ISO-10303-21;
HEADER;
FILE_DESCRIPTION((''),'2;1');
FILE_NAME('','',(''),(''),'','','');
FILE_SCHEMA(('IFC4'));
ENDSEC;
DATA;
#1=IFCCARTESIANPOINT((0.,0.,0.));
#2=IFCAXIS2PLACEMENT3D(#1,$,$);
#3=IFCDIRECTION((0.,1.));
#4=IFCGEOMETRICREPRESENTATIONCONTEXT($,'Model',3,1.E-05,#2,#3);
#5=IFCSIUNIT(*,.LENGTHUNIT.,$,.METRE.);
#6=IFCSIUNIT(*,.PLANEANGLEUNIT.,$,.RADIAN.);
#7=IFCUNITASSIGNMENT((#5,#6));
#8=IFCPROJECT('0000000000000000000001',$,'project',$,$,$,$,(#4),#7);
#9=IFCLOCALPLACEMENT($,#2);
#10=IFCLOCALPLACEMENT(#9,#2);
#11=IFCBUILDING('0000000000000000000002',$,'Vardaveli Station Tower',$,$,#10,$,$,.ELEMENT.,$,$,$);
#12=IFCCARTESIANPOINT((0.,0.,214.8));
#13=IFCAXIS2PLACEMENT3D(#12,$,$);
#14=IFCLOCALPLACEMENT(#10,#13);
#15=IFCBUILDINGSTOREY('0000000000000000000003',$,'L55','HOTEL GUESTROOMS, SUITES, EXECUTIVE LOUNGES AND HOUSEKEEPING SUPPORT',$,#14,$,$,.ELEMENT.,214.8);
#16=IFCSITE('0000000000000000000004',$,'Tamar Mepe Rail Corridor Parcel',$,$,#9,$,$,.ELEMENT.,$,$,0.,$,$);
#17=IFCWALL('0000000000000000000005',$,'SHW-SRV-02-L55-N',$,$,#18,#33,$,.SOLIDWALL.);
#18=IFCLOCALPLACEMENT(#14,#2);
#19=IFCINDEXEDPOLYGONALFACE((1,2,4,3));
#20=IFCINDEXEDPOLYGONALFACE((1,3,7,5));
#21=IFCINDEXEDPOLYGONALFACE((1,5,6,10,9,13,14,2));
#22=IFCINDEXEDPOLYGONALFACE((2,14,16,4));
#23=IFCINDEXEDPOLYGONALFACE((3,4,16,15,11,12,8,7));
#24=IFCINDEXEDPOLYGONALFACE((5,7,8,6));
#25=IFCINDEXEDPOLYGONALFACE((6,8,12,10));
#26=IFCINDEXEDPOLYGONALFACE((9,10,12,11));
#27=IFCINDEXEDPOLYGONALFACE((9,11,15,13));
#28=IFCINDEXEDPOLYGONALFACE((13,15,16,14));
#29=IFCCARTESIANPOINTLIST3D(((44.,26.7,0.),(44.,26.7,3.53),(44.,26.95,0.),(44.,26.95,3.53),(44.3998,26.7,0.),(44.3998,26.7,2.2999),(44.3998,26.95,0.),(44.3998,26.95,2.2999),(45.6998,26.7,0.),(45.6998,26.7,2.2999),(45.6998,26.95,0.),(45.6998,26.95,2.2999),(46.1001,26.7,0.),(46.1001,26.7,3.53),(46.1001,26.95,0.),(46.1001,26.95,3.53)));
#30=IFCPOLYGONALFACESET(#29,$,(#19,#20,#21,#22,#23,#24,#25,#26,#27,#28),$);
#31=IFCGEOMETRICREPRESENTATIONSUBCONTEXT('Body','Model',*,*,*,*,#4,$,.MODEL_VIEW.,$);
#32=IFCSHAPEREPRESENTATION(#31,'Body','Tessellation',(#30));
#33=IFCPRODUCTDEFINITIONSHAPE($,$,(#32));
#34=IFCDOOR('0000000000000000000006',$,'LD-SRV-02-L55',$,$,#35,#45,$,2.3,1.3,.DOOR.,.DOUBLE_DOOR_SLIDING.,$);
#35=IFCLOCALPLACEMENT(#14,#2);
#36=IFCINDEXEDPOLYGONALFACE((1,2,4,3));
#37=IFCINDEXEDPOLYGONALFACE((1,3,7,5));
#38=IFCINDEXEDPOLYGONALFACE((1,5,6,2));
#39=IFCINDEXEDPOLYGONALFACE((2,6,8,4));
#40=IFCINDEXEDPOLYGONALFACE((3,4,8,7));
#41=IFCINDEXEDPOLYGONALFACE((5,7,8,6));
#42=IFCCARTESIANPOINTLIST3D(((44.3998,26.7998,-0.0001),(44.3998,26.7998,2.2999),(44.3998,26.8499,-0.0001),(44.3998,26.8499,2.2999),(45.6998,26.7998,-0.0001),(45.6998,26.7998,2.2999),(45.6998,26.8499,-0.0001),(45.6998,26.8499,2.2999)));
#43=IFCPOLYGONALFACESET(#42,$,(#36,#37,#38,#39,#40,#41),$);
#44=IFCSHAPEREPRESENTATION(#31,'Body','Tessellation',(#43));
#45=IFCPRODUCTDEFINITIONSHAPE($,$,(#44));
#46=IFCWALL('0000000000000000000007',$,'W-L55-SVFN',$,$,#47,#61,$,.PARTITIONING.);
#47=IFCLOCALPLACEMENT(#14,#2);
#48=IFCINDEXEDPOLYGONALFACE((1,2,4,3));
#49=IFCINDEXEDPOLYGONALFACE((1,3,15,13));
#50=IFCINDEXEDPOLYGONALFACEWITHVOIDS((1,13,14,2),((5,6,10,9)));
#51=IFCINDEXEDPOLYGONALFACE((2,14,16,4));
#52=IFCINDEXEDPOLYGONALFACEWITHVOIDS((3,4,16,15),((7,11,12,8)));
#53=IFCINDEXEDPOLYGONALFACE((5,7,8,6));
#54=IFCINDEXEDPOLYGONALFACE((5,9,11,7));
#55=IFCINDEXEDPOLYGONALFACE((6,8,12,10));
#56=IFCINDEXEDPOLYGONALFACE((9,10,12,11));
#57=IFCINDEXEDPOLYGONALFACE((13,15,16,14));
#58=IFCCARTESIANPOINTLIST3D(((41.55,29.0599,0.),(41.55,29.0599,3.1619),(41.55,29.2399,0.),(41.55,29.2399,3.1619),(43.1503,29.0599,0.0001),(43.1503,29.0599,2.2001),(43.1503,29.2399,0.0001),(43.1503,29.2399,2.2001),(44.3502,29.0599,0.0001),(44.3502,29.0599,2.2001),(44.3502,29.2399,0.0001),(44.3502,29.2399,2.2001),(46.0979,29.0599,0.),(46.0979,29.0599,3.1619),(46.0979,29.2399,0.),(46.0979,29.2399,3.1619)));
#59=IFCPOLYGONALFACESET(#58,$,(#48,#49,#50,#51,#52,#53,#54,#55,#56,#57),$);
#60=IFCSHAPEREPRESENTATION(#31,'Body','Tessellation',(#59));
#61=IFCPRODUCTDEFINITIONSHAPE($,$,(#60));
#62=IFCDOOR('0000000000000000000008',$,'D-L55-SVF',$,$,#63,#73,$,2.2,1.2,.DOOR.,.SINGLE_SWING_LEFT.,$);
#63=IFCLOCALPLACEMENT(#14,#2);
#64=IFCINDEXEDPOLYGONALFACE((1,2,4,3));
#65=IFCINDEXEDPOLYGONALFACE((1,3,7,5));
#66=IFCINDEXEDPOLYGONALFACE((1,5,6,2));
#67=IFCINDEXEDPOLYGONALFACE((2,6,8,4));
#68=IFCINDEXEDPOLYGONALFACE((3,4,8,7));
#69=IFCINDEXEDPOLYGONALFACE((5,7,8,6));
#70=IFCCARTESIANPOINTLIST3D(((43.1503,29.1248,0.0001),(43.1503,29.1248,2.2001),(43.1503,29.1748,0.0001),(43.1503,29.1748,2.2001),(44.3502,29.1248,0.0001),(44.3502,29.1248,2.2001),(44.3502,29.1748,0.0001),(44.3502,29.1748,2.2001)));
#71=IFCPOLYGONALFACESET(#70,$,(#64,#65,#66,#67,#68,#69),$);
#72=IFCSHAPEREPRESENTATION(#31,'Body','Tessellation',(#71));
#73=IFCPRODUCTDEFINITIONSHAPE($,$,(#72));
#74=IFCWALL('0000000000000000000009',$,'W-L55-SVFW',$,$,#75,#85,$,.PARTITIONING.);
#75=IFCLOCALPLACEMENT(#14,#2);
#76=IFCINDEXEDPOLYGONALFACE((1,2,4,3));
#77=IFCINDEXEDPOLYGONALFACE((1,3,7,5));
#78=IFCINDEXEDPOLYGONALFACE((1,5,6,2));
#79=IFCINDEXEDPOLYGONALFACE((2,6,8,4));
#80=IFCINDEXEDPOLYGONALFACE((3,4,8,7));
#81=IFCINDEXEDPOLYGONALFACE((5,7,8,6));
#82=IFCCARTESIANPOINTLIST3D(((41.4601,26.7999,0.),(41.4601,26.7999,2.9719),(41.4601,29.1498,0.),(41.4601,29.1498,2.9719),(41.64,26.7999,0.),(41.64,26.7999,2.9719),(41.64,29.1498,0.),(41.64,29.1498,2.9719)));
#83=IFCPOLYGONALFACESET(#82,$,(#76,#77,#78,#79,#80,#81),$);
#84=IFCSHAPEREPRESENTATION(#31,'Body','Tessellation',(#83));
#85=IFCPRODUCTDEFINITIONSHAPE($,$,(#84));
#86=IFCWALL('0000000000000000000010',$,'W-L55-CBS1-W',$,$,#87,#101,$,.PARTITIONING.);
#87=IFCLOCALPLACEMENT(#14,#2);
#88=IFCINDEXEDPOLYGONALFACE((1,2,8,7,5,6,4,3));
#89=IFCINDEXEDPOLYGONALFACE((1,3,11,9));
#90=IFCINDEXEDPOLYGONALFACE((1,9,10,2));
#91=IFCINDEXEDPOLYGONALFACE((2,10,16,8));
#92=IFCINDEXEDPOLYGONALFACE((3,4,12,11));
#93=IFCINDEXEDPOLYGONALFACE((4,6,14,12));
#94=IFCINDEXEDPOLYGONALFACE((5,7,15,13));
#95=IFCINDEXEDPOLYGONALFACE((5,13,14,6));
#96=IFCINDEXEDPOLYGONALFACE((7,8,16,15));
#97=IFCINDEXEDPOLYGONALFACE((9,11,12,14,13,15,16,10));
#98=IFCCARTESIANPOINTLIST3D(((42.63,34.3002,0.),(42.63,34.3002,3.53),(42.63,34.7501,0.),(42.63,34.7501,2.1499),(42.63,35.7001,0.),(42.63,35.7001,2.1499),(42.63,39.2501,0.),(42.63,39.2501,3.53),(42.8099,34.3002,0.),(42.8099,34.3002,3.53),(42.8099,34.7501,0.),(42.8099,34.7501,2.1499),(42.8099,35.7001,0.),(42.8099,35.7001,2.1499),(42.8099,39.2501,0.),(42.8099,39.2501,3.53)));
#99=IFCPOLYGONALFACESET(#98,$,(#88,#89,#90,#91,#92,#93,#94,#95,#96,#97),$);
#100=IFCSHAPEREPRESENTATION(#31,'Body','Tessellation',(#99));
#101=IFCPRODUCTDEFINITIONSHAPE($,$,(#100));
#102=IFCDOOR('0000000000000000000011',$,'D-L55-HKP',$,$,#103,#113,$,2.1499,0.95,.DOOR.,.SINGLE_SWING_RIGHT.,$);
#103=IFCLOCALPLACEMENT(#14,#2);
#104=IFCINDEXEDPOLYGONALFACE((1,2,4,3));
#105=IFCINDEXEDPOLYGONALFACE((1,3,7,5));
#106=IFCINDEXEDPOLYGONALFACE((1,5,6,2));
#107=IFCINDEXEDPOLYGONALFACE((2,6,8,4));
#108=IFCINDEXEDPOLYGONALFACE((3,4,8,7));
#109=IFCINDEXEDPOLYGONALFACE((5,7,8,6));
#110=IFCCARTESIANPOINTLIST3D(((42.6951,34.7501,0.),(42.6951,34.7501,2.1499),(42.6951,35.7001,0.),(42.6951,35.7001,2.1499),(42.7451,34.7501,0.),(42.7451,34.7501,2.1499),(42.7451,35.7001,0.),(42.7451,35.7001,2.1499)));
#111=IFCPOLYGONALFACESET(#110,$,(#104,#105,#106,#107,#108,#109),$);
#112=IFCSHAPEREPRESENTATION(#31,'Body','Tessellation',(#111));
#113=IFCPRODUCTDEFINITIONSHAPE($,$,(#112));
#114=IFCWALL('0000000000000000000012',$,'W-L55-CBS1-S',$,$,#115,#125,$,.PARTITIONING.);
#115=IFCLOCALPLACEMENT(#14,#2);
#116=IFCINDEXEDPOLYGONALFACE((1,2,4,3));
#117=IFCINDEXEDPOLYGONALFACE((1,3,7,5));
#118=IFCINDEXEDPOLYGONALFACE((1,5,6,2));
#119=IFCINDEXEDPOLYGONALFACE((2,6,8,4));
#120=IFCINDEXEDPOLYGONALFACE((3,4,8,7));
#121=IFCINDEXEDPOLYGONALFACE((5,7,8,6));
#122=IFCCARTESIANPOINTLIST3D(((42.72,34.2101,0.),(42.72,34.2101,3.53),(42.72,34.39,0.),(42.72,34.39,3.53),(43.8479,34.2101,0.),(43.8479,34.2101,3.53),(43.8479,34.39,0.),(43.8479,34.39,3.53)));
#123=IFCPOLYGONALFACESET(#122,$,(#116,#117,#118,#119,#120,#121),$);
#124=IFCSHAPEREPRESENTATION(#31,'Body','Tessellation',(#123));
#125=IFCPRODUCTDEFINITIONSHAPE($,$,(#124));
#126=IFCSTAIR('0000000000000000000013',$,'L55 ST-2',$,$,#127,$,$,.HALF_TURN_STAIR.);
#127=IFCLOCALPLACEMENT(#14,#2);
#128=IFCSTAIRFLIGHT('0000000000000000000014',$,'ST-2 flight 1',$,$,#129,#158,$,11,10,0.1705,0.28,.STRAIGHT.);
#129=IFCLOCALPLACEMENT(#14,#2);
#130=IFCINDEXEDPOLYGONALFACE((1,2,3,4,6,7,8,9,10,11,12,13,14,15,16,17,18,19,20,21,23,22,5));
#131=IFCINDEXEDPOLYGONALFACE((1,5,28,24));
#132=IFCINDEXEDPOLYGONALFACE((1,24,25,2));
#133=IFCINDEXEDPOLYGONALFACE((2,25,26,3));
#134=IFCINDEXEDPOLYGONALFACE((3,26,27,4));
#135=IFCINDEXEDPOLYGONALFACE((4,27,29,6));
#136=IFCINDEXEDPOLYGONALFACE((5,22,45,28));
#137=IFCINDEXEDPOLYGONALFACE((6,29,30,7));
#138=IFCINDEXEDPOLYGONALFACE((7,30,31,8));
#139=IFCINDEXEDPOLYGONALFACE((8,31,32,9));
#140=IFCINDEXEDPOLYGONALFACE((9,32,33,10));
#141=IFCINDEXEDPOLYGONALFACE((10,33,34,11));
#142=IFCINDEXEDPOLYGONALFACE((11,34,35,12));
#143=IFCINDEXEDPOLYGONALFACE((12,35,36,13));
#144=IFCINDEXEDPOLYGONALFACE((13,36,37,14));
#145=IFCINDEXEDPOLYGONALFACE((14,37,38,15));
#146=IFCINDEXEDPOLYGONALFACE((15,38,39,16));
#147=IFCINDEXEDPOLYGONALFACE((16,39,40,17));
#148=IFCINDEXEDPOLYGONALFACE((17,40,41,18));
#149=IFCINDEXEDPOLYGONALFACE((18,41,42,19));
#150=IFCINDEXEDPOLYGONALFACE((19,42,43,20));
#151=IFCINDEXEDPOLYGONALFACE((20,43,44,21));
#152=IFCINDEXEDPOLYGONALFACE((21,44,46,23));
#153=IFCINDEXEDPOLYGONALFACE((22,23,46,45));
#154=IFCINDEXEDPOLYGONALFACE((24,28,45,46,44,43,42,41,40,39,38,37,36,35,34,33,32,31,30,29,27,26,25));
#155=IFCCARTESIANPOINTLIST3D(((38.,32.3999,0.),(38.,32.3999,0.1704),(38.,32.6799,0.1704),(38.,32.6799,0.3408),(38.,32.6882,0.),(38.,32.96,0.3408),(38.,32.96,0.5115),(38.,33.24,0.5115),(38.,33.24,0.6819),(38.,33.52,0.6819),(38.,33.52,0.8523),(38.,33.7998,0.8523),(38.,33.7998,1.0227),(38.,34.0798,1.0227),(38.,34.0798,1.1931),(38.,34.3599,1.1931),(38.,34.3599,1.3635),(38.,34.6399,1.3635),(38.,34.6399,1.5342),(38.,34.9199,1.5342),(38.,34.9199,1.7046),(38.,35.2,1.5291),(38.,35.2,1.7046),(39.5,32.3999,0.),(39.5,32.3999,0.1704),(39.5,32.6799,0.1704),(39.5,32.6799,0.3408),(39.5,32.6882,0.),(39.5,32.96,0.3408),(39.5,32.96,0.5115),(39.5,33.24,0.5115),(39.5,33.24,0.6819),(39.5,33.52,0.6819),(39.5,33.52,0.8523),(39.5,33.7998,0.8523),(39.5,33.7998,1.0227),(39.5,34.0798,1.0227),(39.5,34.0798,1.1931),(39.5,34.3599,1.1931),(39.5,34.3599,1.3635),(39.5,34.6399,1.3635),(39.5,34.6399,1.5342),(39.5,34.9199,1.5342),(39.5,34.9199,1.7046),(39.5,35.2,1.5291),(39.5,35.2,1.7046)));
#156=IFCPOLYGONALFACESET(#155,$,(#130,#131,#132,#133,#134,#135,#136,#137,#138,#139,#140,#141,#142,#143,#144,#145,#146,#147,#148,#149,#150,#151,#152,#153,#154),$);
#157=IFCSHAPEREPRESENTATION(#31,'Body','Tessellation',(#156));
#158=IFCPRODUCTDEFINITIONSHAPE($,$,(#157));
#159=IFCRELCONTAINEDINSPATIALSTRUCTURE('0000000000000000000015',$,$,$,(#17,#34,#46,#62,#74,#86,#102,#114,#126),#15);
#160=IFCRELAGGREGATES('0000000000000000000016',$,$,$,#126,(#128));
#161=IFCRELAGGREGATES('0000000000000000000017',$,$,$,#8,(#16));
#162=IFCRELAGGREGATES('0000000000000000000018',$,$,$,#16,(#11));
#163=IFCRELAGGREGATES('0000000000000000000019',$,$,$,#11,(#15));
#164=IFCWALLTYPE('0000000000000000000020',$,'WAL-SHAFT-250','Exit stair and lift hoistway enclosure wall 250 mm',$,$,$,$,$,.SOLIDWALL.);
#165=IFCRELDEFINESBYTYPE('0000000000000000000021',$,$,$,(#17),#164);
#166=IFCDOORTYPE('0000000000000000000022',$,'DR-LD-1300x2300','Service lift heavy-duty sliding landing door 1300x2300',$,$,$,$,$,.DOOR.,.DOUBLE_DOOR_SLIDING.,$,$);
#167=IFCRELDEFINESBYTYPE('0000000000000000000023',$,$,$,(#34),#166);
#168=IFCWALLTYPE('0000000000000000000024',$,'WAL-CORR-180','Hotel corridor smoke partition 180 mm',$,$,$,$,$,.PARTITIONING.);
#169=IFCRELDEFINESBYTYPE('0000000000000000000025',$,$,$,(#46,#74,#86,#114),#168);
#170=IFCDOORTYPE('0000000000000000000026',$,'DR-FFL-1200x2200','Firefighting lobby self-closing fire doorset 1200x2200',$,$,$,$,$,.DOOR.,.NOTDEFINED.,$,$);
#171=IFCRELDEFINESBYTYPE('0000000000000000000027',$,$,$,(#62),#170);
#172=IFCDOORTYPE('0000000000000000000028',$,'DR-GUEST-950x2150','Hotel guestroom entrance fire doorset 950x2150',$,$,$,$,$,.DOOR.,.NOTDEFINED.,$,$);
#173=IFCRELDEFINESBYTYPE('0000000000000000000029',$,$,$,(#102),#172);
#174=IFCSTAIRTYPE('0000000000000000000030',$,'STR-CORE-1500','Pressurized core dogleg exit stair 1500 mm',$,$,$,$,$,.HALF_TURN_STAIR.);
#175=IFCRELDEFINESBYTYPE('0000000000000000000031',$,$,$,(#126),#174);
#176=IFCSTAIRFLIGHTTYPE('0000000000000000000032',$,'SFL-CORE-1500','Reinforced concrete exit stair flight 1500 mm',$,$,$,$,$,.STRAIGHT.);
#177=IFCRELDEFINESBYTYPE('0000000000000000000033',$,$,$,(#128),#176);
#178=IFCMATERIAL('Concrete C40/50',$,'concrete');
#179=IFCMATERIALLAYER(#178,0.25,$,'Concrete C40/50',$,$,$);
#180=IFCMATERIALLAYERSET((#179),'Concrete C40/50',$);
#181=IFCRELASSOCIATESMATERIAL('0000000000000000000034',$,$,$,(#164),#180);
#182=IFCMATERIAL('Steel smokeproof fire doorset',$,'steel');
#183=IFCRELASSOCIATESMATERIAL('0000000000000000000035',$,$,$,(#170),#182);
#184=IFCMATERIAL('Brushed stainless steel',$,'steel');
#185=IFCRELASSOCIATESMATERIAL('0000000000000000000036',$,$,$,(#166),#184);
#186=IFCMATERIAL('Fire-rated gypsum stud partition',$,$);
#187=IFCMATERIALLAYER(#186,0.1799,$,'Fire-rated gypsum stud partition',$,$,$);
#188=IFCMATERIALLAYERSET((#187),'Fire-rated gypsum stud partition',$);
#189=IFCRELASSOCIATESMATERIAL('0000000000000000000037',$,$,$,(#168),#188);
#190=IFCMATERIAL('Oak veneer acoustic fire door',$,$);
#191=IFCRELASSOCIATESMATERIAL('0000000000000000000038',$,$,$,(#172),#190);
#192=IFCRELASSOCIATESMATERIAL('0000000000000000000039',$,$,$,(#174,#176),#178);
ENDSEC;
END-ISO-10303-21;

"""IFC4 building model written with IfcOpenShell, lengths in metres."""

from ifc_helpers import new_model, si_unit, direction, frame, frame_2d, origin, place, context, subcontext, project, spatial, polyline, rectangle, outline, extrude, source, transform, mapped, material, layer, layer_set, type_object, element, fill, aggregate, save


model = new_model("IFC4")

# Units and contexts
model_context = context("Model", 3, precision=1e-05, world=origin(), true_north=direction((0.0, 1.0)))
body_context = subcontext(model_context, "Body", "Model", "MODEL_VIEW")
ifc_project = project(units=[si_unit("LENGTHUNIT", "METRE"), si_unit("PLANEANGLEUNIT", "RADIAN")], contexts=[model_context])

# Site, building, storey
site_placement = place(None, origin())
site = spatial("IfcSite", under=ifc_project, at=site_placement, Name="Tamar Mepe Rail Corridor Parcel", CompositionType="ELEMENT", RefElevation=0.0)
building_placement = place(site_placement, origin())
building = spatial("IfcBuilding", under=site, at=building_placement, Name="Vardaveli Station Tower", CompositionType="ELEMENT")
storey_placement = place(building_placement, frame((0.0, 0.0, 214.8)))
storey = spatial("IfcBuildingStorey", under=building, at=storey_placement, Name="L55", Description="HOTEL GUESTROOMS, SUITES, EXECUTIVE LOUNGES AND HOUSEKEEPING SUPPORT", CompositionType="ELEMENT", Elevation=214.8)

# Shared definitions
ifc_material_1 = material(Name="Concrete C40/50", Category="concrete")
ifc_layer_1 = layer(ifc_material_1, 0.25, Name="Concrete C40/50")
ifc_layer_set_1 = layer_set([ifc_layer_1], Name="Concrete C40/50")
wall_type_1 = type_object("IfcWallType", Name="WAL-SHAFT-250", Description="Exit stair and lift hoistway enclosure wall 250 mm", PredefinedType="SOLIDWALL", material=ifc_layer_set_1)

# Walls, openings, doors
ifc_material_2 = material(Name="Steel smokeproof fire doorset", Category="steel")
door_type_1 = type_object("IfcDoorType", Name="DR-FFL-1200x2200", Description="Firefighting lobby self-closing fire doorset 1200x2200", OperationType="NOTDEFINED", PredefinedType="DOOR", material=ifc_material_2)
shared_shape_1 = source(origin(), body_context, "Body", "SweptSolid", [
    extrude(rectangle(XDim=1.2, YDim=2.2, at=frame_2d((0.6001, 1.1001))), frame((0.0, 0.0249, 0.0), z_axis=(0.0, -1.0, 0.0), x_axis=(1.0, 0.0, 0.0)), (0.0, 0.0, 1.0), 0.05),
])
shared_shape_2 = source(origin(), body_context, "Body", "SweptSolid", [
    extrude(rectangle(XDim=1.3, YDim=2.3, at=frame_2d((0.6499, 1.1499))), frame((0.0, 0.135, 0.0), z_axis=(0.0, -1.0, 0.0), x_axis=(1.0, 0.0, 0.0)), (0.0, 0.0, 1.0), 0.27),
])
ifc_material_3 = material(Name="Brushed stainless steel", Category="steel")
door_type_2 = type_object("IfcDoorType", Name="DR-LD-1300x2300", Description="Service lift heavy-duty sliding landing door 1300x2300", OperationType="DOUBLE_DOOR_SLIDING", PredefinedType="DOOR", material=ifc_material_3)
shared_shape_3 = source(origin(), body_context, "Body", "SweptSolid", [
    extrude(rectangle(XDim=1.3, YDim=2.3, at=frame_2d((0.6499, 1.1499))), frame((0.0, 0.0249, 0.0), z_axis=(0.0, -1.0, 0.0), x_axis=(1.0, 0.0, 0.0)), (0.0, 0.0, 1.0), 0.05),
])
shared_shape_4 = source(origin(), body_context, "Body", "SweptSolid", [
    extrude(rectangle(XDim=2.1001, YDim=0.25, at=frame_2d((1.05, 0.0))), origin(), (0.0, 0.0, 1.0), 3.53),
])
wall_1_placement = place(storey_placement, frame((44.0, 26.825, 0.0), z_axis=(0.0, 0.0, 1.0), x_axis=(1.0, 0.0, 0.0)))
wall_1 = element("IfcWall", 1, at=wall_1_placement, inside=storey, type_object=wall_type_1, Name="SHW-SRV-02-L55-N", PredefinedType="SOLIDWALL", context=body_context, shape_type="MappedRepresentation", body=[
    mapped(shared_shape_4, transform((0.0, 0.0, 0.0), scale=1.0)),
])
opening_1_placement = place(wall_1_placement, frame((0.3999, 0.0, 0.0)))
opening_1 = element("IfcOpeningElement", 2, at=opening_1_placement, cuts=wall_1, PredefinedType="OPENING", context=body_context, shape_type="MappedRepresentation", body=[
    mapped(shared_shape_2, transform((0.0, 0.0, 0.0), scale=1.0)),
])
door_1_placement = place(opening_1_placement, origin())
door_1 = element("IfcDoor", 3, at=door_1_placement, inside=storey, type_object=door_type_2, Name="LD-SRV-02-L55", OperationType="DOUBLE_DOOR_SLIDING", OverallHeight=2.3, OverallWidth=1.3, PredefinedType="DOOR", context=body_context, shape_type="MappedRepresentation", body=[
    mapped(shared_shape_3, transform((0.0, 0.0, 0.0), scale=1.0)),
])
fill(opening_1, door_1)
ifc_material_4 = material(Name="Fire-rated gypsum stud partition")
ifc_layer_2 = layer(ifc_material_4, 0.1799, Name="Fire-rated gypsum stud partition")
ifc_layer_set_2 = layer_set([ifc_layer_2], Name="Fire-rated gypsum stud partition")
wall_type_2 = type_object("IfcWallType", Name="WAL-CORR-180", Description="Hotel corridor smoke partition 180 mm", PredefinedType="PARTITIONING", material=ifc_layer_set_2)
shared_shape_5 = source(origin(), body_context, "Body", "SweptSolid", [
    extrude(rectangle(XDim=4.5479, YDim=0.1799, at=frame_2d((2.2739, 0.0))), origin(), (0.0, 0.0, 1.0), 3.1619),
])
wall_2_placement = place(storey_placement, frame((41.55, 29.1499, 0.0), z_axis=(0.0, 0.0, 1.0), x_axis=(1.0, 0.0, 0.0)))
wall_2 = element("IfcWall", 4, at=wall_2_placement, inside=storey, type_object=wall_type_2, Name="W-L55-SVFN", PredefinedType="PARTITIONING", context=body_context, shape_type="MappedRepresentation", body=[
    mapped(shared_shape_5, transform((0.0, 0.0, 0.0), scale=1.0)),
])
shared_shape_6 = source(origin(), body_context, "Body", "SweptSolid", [
    extrude(rectangle(XDim=1.2, YDim=2.2, at=frame_2d((0.6001, 1.1001))), frame((0.0, 0.1001, 0.0), z_axis=(0.0, -1.0, 0.0), x_axis=(1.0, 0.0, 0.0)), (0.0, 0.0, 1.0), 0.2),
])
opening_2_placement = place(wall_2_placement, frame((1.6001, 0.0, 0.0)))
opening_2 = element("IfcOpeningElement", 5, at=opening_2_placement, cuts=wall_2, PredefinedType="OPENING", context=body_context, shape_type="MappedRepresentation", body=[
    mapped(shared_shape_6, transform((0.0, 0.0, 0.0), scale=1.0)),
])
door_2_placement = place(opening_2_placement, origin())
door_2 = element("IfcDoor", 6, at=door_2_placement, inside=storey, type_object=door_type_1, Name="D-L55-SVF", OperationType="SINGLE_SWING_LEFT", OverallHeight=2.2, OverallWidth=1.2, PredefinedType="DOOR", context=body_context, shape_type="MappedRepresentation", body=[
    mapped(shared_shape_1, transform((0.0, 0.0, 0.0), scale=1.0)),
])
fill(opening_2, door_2)

# Wall
shared_shape_7 = source(origin(), body_context, "Body", "SweptSolid", [
    extrude(rectangle(XDim=2.3499, YDim=0.1799, at=frame_2d((1.1748, 0.0))), origin(), (0.0, 0.0, 1.0), 2.9719),
])
wall_3_placement = place(storey_placement, frame((41.55, 26.8, 0.0), z_axis=(0.0, 0.0, 1.0), x_axis=(0.0, 1.0, 0.0)))
element("IfcWall", 7, at=wall_3_placement, inside=storey, type_object=wall_type_2, Name="W-L55-SVFW", PredefinedType="PARTITIONING", context=body_context, shape_type="MappedRepresentation", body=[
    mapped(shared_shape_7, transform((0.0, 0.0, 0.0), scale=1.0)),
])

# Wall, opening, door
shared_shape_8 = source(origin(), body_context, "Body", "SweptSolid", [
    extrude(rectangle(XDim=4.95, YDim=0.1799, at=frame_2d((2.4751, 0.0))), origin(), (0.0, 0.0, 1.0), 3.53),
])
wall_4_placement = place(storey_placement, frame((42.72, 34.3, 0.0), z_axis=(0.0, 0.0, 1.0), x_axis=(0.0, 1.0, 0.0)))
wall_4 = element("IfcWall", 8, at=wall_4_placement, inside=storey, type_object=wall_type_2, Name="W-L55-CBS1-W", PredefinedType="PARTITIONING", context=body_context, shape_type="MappedRepresentation", body=[
    mapped(shared_shape_8, transform((0.0, 0.0, 0.0), scale=1.0)),
])
shared_shape_9 = source(origin(), body_context, "Body", "SweptSolid", [
    extrude(rectangle(XDim=0.95, YDim=2.1499, at=frame_2d((0.4751, 1.075))), frame((0.0, 0.1001, 0.0), z_axis=(0.0, -1.0, 0.0), x_axis=(1.0, 0.0, 0.0)), (0.0, 0.0, 1.0), 0.2),
])
opening_3_placement = place(wall_4_placement, frame((0.45, 0.0, 0.0)))
opening_3 = element("IfcOpeningElement", 9, at=opening_3_placement, cuts=wall_4, PredefinedType="OPENING", context=body_context, shape_type="MappedRepresentation", body=[
    mapped(shared_shape_9, transform((0.0, 0.0, 0.0), scale=1.0)),
])
ifc_material_5 = material(Name="Oak veneer acoustic fire door")
door_type_3 = type_object("IfcDoorType", Name="DR-GUEST-950x2150", Description="Hotel guestroom entrance fire doorset 950x2150", OperationType="NOTDEFINED", PredefinedType="DOOR", material=ifc_material_5)
shared_shape_10 = source(origin(), body_context, "Body", "SweptSolid", [
    extrude(rectangle(XDim=0.95, YDim=2.1499, at=frame_2d((0.4751, 1.075))), frame((0.0, 0.0249, 0.0), z_axis=(0.0, -1.0, 0.0), x_axis=(1.0, 0.0, 0.0)), (0.0, 0.0, 1.0), 0.05),
])
door_3_placement = place(opening_3_placement, origin())
door_3 = element("IfcDoor", 10, at=door_3_placement, inside=storey, type_object=door_type_3, Name="D-L55-HKP", OperationType="SINGLE_SWING_RIGHT", OverallHeight=2.1499, OverallWidth=0.95, PredefinedType="DOOR", context=body_context, shape_type="MappedRepresentation", body=[
    mapped(shared_shape_10, transform((0.0, 0.0, 0.0), scale=1.0)),
])
fill(opening_3, door_3)

# Wall
shared_shape_11 = source(origin(), body_context, "Body", "SweptSolid", [
    extrude(rectangle(XDim=1.1279, YDim=0.1799, at=frame_2d((0.564, 0.0))), origin(), (0.0, 0.0, 1.0), 3.53),
])
wall_5_placement = place(storey_placement, frame((42.72, 34.3, 0.0), z_axis=(0.0, 0.0, 1.0), x_axis=(1.0, 0.0, 0.0)))
element("IfcWall", 11, at=wall_5_placement, inside=storey, type_object=wall_type_2, Name="W-L55-CBS1-S", PredefinedType="PARTITIONING", context=body_context, shape_type="MappedRepresentation", body=[
    mapped(shared_shape_11, transform((0.0, 0.0, 0.0), scale=1.0)),
])

# Stair, stair flight
stair_type = type_object("IfcStairType", Name="STR-CORE-1500", Description="Pressurized core dogleg exit stair 1500 mm", PredefinedType="HALF_TURN_STAIR", material=ifc_material_1)
stair_placement = place(storey_placement, origin())
stair = element("IfcStair", 12, at=stair_placement, inside=storey, type_object=stair_type, Name="L55 ST-2", PredefinedType="HALF_TURN_STAIR")
stair_flight_type = type_object("IfcStairFlightType", Name="SFL-CORE-1500", Description="Reinforced concrete exit stair flight 1500 mm", PredefinedType="STRAIGHT", material=ifc_material_1)
shared_shape_12 = source(origin(), body_context, "Body", "SweptSolid", [
    extrude(outline(polyline([(0.0, 0.0), (0.0, 0.1704), (0.28, 0.1704), (0.28, 0.3408), (0.5601, 0.3408), (0.5601, 0.5115), (0.8401, 0.5115), (0.8401, 0.6819), (1.1201, 0.6819), (1.1201, 0.8523), (1.3999, 0.8523), (1.3999, 1.0227), (1.6799, 1.0227), (1.6799, 1.1931), (1.96, 1.1931), (1.96, 1.3635), (2.24, 1.3635), (2.24, 1.5342), (2.52, 1.5342), (2.52, 1.7046), (2.8, 1.7046), (2.8, 1.875), (2.8, 1.5291), (0.2883, 0.0), (0.0, 0.0)])), frame((0.0, 0.75, 0.0), z_axis=(0.0, -1.0, 0.0), x_axis=(1.0, 0.0, 0.0)), (0.0, 0.0, 1.0), 1.5),
])
stair_flight_placement = place(storey_placement, frame((38.75, 32.3999, 0.0), z_axis=(0.0, 0.0, 1.0), x_axis=(0.0, 1.0, 0.0)))
stair_flight = element("IfcStairFlight", 13, at=stair_flight_placement, type_object=stair_flight_type, Name="ST-2 flight 1", NumberOfRisers=11, NumberOfTreads=10, PredefinedType="STRAIGHT", RiserHeight=0.1705, TreadLength=0.28, context=body_context, shape_type="MappedRepresentation", body=[
    mapped(shared_shape_12, transform((0.0, 0.0, 0.0), scale=1.0)),
])
aggregate(stair, [stair_flight])

save(model, "model.ifc")
